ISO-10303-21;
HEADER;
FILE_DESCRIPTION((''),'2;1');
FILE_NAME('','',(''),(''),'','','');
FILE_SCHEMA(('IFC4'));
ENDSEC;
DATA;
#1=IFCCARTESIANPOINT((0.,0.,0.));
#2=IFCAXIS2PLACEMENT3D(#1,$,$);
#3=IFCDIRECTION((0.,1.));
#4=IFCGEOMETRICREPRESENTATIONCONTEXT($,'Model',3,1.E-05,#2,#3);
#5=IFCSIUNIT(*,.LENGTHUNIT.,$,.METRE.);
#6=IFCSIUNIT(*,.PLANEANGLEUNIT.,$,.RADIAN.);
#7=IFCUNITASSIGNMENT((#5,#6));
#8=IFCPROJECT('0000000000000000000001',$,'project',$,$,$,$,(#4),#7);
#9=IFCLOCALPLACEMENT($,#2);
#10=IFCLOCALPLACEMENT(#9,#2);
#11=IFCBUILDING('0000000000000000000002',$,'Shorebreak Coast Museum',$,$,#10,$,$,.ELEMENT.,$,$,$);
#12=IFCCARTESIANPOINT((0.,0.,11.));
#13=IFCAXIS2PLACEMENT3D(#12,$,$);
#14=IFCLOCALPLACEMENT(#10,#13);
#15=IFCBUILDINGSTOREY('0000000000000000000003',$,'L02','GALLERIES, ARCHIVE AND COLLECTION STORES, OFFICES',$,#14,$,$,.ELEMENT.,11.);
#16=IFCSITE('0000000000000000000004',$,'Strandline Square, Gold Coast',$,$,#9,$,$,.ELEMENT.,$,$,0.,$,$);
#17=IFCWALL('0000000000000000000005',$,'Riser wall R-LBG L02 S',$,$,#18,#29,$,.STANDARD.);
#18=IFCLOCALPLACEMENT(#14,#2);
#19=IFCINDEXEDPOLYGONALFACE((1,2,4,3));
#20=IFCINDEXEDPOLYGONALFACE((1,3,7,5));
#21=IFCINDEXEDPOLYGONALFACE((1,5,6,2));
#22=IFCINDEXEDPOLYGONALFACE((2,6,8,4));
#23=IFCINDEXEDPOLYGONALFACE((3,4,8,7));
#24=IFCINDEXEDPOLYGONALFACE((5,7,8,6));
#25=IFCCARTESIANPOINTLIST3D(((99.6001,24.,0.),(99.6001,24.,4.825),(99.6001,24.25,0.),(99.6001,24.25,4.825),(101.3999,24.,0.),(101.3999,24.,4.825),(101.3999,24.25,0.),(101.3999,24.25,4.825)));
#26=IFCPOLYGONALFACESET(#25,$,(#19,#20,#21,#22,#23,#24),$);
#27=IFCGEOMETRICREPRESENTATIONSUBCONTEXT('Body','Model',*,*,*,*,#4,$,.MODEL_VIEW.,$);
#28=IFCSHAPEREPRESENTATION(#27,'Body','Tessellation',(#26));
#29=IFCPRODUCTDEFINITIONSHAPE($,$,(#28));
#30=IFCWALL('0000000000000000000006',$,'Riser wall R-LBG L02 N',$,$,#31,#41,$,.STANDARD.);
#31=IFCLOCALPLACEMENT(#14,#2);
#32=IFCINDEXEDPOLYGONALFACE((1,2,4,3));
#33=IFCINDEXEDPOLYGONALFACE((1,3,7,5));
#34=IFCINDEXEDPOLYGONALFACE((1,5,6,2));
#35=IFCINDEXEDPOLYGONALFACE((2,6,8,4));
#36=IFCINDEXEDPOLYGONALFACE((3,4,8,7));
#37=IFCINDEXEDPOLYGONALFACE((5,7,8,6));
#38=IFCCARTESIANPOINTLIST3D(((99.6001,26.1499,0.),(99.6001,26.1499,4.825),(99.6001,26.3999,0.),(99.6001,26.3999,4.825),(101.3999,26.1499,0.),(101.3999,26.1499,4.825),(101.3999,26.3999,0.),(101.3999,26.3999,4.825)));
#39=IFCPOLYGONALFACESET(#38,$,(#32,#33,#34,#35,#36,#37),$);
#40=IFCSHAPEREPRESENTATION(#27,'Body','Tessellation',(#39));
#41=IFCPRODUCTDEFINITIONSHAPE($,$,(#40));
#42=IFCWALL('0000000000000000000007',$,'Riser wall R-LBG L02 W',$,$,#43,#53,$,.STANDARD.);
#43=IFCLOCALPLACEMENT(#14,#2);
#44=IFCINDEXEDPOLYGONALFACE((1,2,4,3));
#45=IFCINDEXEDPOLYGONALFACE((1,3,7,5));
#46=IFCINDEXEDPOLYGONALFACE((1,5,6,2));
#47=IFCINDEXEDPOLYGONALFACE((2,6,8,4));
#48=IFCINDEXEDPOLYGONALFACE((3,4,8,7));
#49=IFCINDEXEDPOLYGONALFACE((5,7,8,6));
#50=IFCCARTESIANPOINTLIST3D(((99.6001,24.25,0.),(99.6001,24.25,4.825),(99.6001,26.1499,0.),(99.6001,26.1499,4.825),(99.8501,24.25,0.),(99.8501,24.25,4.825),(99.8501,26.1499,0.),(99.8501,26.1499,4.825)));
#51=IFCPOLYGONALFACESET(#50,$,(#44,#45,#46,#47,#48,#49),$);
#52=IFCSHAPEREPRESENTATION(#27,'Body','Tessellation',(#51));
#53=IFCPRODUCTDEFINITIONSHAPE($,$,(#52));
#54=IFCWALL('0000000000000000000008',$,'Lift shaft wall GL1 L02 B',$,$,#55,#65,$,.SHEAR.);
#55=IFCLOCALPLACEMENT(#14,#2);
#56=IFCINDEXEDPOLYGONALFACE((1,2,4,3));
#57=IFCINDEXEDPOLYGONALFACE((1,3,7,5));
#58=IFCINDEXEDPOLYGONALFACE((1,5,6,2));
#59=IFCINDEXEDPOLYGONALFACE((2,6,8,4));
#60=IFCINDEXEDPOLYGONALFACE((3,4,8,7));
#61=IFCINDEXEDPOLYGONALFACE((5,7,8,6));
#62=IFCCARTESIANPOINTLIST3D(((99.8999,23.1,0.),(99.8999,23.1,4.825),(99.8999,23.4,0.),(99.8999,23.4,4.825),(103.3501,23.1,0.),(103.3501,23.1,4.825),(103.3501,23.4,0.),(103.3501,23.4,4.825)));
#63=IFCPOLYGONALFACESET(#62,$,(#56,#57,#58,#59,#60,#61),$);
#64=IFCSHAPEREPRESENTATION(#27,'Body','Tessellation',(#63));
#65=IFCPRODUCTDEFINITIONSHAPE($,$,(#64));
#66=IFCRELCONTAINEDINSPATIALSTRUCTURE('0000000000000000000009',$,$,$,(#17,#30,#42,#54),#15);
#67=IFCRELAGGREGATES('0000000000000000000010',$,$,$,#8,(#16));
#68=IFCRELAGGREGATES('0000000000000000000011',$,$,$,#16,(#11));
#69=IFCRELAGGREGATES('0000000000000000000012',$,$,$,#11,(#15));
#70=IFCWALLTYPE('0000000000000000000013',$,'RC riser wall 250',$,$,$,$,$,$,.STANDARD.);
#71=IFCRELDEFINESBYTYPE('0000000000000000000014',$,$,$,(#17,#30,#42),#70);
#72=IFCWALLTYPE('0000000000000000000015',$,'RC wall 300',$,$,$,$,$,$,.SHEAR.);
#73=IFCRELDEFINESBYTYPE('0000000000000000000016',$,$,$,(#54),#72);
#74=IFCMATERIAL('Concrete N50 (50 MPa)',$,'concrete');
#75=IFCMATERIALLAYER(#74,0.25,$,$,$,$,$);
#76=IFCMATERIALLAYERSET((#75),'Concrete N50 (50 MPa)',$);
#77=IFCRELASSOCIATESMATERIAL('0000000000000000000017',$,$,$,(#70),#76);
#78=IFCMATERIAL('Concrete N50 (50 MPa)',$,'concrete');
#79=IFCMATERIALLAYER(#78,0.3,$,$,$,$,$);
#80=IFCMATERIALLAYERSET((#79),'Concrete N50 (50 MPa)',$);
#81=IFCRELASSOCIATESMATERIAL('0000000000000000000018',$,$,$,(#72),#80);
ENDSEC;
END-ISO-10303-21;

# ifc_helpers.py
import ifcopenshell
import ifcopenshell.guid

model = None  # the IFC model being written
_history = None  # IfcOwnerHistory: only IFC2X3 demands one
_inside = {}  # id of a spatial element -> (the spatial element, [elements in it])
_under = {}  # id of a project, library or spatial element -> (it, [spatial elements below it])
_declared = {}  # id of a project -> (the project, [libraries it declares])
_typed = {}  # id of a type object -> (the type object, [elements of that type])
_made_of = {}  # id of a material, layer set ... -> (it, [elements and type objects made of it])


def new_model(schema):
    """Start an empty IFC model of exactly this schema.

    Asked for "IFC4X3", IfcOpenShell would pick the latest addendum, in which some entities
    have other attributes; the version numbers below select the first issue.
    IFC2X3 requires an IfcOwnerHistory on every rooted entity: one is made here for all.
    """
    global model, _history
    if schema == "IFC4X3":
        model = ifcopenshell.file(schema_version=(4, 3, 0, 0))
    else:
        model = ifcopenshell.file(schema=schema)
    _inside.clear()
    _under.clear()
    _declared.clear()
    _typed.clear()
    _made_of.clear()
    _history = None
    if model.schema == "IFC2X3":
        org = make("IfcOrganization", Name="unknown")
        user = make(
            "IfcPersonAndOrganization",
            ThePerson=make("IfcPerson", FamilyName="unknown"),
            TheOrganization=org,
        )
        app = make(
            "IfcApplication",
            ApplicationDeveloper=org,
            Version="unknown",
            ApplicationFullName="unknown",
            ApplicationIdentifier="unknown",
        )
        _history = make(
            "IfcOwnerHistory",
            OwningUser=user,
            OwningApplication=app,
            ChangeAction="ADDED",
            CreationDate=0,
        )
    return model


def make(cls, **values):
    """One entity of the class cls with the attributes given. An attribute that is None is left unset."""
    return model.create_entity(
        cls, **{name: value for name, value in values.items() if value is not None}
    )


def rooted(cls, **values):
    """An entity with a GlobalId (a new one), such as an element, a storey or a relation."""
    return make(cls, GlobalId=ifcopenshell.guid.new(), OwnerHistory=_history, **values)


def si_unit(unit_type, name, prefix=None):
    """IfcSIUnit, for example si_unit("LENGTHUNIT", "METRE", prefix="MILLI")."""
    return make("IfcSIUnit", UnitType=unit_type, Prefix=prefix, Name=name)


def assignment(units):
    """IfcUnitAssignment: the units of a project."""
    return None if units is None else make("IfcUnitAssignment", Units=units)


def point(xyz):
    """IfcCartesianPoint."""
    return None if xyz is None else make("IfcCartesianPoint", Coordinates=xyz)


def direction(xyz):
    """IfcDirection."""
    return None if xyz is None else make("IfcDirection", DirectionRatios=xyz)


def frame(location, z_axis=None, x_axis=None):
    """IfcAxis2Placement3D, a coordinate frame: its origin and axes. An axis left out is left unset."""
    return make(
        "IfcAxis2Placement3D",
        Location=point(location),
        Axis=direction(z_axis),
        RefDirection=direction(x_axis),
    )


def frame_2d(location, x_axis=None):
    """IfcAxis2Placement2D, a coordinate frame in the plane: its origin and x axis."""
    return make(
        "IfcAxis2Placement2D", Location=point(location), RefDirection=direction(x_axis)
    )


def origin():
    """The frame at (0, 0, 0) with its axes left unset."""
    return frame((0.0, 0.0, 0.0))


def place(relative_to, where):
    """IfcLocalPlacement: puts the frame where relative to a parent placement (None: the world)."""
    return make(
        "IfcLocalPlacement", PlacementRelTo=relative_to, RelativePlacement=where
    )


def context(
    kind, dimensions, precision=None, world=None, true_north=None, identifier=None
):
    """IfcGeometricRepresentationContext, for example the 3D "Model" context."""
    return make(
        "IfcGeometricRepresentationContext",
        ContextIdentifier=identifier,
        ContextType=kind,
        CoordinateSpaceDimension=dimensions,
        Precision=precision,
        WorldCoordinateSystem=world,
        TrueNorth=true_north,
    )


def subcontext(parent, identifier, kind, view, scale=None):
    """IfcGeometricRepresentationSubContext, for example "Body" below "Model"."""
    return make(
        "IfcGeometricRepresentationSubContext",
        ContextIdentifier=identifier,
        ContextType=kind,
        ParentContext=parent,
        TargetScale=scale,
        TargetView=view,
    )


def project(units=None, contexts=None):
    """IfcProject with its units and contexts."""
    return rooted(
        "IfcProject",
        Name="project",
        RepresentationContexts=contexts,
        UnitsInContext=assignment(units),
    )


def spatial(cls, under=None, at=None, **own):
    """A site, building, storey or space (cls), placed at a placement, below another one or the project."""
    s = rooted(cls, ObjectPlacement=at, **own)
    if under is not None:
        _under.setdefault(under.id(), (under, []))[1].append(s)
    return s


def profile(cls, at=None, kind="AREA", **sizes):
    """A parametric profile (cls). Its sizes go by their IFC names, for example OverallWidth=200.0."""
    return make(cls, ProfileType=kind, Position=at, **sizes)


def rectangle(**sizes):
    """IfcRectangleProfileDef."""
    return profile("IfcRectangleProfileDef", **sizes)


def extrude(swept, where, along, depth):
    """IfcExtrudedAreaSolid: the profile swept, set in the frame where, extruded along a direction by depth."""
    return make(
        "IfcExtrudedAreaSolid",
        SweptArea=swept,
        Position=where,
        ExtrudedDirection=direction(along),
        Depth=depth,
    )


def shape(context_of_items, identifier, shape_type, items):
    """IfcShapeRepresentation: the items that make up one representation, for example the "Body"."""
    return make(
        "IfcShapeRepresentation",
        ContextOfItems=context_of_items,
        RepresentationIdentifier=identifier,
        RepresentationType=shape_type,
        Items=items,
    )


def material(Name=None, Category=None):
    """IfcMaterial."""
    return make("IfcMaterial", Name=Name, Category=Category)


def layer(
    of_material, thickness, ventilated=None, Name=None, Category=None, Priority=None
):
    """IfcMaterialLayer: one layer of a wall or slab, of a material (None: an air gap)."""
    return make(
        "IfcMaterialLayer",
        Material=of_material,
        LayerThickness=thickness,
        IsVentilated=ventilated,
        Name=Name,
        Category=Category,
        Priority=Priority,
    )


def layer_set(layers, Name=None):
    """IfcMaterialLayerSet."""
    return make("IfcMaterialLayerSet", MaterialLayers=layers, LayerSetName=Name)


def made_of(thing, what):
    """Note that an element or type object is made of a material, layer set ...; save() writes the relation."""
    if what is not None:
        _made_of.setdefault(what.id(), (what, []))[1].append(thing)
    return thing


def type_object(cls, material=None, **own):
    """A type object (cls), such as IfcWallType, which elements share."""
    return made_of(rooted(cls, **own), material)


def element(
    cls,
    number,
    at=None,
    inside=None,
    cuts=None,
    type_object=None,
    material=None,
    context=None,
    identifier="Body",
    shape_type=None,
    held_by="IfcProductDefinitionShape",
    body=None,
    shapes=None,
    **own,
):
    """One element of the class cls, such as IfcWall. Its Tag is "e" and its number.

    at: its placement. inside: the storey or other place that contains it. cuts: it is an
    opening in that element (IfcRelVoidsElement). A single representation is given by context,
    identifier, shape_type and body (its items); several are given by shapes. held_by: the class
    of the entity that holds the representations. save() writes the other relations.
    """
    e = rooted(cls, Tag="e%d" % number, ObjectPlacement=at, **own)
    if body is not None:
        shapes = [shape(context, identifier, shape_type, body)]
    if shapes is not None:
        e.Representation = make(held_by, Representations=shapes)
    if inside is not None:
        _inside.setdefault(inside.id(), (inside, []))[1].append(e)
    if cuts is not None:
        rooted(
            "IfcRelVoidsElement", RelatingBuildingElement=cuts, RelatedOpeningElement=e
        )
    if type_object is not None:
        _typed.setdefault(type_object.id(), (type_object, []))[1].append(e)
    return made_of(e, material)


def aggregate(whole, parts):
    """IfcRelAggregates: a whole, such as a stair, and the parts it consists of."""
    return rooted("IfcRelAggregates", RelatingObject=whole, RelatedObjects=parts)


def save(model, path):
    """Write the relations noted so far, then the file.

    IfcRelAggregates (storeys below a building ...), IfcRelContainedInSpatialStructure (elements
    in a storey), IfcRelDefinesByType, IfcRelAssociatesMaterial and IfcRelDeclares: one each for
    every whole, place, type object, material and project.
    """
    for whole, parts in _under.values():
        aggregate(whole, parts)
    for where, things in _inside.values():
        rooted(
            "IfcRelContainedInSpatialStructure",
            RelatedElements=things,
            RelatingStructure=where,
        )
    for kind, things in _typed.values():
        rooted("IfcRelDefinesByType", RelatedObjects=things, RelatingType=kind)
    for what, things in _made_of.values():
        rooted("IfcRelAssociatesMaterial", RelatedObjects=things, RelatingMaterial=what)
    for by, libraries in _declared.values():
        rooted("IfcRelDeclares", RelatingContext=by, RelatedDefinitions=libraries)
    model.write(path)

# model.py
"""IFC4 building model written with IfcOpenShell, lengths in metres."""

from ifc_helpers import new_model, si_unit, direction, frame, frame_2d, origin, place, context, subcontext, project, spatial, rectangle, extrude, material, layer, layer_set, type_object, element, save


model = new_model("IFC4")

# Units and contexts
model_context = context("Model", 3, precision=1e-05, world=origin(), true_north=direction((0.0, 1.0)))
body_context = subcontext(model_context, "Body", "Model", "MODEL_VIEW")
ifc_project = project(units=[si_unit("LENGTHUNIT", "METRE"), si_unit("PLANEANGLEUNIT", "RADIAN")], contexts=[model_context])

# Site, building, storey
site_placement = place(None, origin())
site = spatial("IfcSite", under=ifc_project, at=site_placement, Name="Strandline Square, Gold Coast", CompositionType="ELEMENT", RefElevation=0.0)
building_placement = place(site_placement, origin())
building = spatial("IfcBuilding", under=site, at=building_placement, Name="Shorebreak Coast Museum", CompositionType="ELEMENT")
storey_placement = place(building_placement, frame((0.0, 0.0, 11.0)))
storey = spatial("IfcBuildingStorey", under=building, at=storey_placement, Name="L02", Description="GALLERIES, ARCHIVE AND COLLECTION STORES, OFFICES", CompositionType="ELEMENT", Elevation=11.0)

# Walls
ifc_material_1 = material(Name="Concrete N50 (50 MPa)", Category="concrete")
ifc_layer_1 = layer(ifc_material_1, 0.25)
ifc_layer_set_1 = layer_set([ifc_layer_1], Name="Concrete N50 (50 MPa)")
wall_type_1 = type_object("IfcWallType", Name="RC riser wall 250", PredefinedType="STANDARD", material=ifc_layer_set_1)
for number, where, z_axis, x_axis, name in (
    (1, (99.6001, 24.125, 0.0), (0.0, 0.0, 1.0), (1.0, 0.0, 0.0), "Riser wall R-LBG L02 S"),
    (2, (99.6001, 26.2749, 0.0), (0.0, 0.0, 1.0), (1.0, 0.0, 0.0), "Riser wall R-LBG L02 N"),
):
    element("IfcWall", number, at=place(storey_placement, frame(where, z_axis=z_axis, x_axis=x_axis)), inside=storey, type_object=wall_type_1, Name=name, PredefinedType="STANDARD", context=body_context, shape_type="SweptSolid", body=[
        extrude(rectangle(XDim=1.7998, YDim=0.25, at=frame_2d((0.8999, 0.0))), origin(), (0.0, 0.0, 1.0), 4.825),
    ])
wall_1_placement = place(storey_placement, frame((99.7251, 24.25, 0.0), z_axis=(0.0, 0.0, 1.0), x_axis=(0.0, 1.0, 0.0)))
element("IfcWall", 3, at=wall_1_placement, inside=storey, type_object=wall_type_1, Name="Riser wall R-LBG L02 W", PredefinedType="STANDARD", context=body_context, shape_type="SweptSolid", body=[
    extrude(rectangle(XDim=1.8999, YDim=0.25, at=frame_2d((0.95, 0.0))), origin(), (0.0, 0.0, 1.0), 4.825),
])

# Shared definitions
ifc_material_2 = material(Name="Concrete N50 (50 MPa)", Category="concrete")
ifc_layer_2 = layer(ifc_material_2, 0.3)
ifc_layer_set_2 = layer_set([ifc_layer_2], Name="Concrete N50 (50 MPa)")
wall_type_2 = type_object("IfcWallType", Name="RC wall 300", PredefinedType="SHEAR", material=ifc_layer_set_2)

# Wall
wall_2_placement = place(storey_placement, frame((99.8999, 23.25, 0.0), z_axis=(0.0, 0.0, 1.0), x_axis=(1.0, 0.0, 0.0)))
element("IfcWall", 4, at=wall_2_placement, inside=storey, type_object=wall_type_2, Name="Lift shaft wall GL1 L02 B", PredefinedType="SHEAR", context=body_context, shape_type="SweptSolid", body=[
    extrude(rectangle(XDim=3.4502, YDim=0.3, at=frame_2d((1.7251, 0.0))), origin(), (0.0, 0.0, 1.0), 4.825),
])

save(model, "model.ifc")
